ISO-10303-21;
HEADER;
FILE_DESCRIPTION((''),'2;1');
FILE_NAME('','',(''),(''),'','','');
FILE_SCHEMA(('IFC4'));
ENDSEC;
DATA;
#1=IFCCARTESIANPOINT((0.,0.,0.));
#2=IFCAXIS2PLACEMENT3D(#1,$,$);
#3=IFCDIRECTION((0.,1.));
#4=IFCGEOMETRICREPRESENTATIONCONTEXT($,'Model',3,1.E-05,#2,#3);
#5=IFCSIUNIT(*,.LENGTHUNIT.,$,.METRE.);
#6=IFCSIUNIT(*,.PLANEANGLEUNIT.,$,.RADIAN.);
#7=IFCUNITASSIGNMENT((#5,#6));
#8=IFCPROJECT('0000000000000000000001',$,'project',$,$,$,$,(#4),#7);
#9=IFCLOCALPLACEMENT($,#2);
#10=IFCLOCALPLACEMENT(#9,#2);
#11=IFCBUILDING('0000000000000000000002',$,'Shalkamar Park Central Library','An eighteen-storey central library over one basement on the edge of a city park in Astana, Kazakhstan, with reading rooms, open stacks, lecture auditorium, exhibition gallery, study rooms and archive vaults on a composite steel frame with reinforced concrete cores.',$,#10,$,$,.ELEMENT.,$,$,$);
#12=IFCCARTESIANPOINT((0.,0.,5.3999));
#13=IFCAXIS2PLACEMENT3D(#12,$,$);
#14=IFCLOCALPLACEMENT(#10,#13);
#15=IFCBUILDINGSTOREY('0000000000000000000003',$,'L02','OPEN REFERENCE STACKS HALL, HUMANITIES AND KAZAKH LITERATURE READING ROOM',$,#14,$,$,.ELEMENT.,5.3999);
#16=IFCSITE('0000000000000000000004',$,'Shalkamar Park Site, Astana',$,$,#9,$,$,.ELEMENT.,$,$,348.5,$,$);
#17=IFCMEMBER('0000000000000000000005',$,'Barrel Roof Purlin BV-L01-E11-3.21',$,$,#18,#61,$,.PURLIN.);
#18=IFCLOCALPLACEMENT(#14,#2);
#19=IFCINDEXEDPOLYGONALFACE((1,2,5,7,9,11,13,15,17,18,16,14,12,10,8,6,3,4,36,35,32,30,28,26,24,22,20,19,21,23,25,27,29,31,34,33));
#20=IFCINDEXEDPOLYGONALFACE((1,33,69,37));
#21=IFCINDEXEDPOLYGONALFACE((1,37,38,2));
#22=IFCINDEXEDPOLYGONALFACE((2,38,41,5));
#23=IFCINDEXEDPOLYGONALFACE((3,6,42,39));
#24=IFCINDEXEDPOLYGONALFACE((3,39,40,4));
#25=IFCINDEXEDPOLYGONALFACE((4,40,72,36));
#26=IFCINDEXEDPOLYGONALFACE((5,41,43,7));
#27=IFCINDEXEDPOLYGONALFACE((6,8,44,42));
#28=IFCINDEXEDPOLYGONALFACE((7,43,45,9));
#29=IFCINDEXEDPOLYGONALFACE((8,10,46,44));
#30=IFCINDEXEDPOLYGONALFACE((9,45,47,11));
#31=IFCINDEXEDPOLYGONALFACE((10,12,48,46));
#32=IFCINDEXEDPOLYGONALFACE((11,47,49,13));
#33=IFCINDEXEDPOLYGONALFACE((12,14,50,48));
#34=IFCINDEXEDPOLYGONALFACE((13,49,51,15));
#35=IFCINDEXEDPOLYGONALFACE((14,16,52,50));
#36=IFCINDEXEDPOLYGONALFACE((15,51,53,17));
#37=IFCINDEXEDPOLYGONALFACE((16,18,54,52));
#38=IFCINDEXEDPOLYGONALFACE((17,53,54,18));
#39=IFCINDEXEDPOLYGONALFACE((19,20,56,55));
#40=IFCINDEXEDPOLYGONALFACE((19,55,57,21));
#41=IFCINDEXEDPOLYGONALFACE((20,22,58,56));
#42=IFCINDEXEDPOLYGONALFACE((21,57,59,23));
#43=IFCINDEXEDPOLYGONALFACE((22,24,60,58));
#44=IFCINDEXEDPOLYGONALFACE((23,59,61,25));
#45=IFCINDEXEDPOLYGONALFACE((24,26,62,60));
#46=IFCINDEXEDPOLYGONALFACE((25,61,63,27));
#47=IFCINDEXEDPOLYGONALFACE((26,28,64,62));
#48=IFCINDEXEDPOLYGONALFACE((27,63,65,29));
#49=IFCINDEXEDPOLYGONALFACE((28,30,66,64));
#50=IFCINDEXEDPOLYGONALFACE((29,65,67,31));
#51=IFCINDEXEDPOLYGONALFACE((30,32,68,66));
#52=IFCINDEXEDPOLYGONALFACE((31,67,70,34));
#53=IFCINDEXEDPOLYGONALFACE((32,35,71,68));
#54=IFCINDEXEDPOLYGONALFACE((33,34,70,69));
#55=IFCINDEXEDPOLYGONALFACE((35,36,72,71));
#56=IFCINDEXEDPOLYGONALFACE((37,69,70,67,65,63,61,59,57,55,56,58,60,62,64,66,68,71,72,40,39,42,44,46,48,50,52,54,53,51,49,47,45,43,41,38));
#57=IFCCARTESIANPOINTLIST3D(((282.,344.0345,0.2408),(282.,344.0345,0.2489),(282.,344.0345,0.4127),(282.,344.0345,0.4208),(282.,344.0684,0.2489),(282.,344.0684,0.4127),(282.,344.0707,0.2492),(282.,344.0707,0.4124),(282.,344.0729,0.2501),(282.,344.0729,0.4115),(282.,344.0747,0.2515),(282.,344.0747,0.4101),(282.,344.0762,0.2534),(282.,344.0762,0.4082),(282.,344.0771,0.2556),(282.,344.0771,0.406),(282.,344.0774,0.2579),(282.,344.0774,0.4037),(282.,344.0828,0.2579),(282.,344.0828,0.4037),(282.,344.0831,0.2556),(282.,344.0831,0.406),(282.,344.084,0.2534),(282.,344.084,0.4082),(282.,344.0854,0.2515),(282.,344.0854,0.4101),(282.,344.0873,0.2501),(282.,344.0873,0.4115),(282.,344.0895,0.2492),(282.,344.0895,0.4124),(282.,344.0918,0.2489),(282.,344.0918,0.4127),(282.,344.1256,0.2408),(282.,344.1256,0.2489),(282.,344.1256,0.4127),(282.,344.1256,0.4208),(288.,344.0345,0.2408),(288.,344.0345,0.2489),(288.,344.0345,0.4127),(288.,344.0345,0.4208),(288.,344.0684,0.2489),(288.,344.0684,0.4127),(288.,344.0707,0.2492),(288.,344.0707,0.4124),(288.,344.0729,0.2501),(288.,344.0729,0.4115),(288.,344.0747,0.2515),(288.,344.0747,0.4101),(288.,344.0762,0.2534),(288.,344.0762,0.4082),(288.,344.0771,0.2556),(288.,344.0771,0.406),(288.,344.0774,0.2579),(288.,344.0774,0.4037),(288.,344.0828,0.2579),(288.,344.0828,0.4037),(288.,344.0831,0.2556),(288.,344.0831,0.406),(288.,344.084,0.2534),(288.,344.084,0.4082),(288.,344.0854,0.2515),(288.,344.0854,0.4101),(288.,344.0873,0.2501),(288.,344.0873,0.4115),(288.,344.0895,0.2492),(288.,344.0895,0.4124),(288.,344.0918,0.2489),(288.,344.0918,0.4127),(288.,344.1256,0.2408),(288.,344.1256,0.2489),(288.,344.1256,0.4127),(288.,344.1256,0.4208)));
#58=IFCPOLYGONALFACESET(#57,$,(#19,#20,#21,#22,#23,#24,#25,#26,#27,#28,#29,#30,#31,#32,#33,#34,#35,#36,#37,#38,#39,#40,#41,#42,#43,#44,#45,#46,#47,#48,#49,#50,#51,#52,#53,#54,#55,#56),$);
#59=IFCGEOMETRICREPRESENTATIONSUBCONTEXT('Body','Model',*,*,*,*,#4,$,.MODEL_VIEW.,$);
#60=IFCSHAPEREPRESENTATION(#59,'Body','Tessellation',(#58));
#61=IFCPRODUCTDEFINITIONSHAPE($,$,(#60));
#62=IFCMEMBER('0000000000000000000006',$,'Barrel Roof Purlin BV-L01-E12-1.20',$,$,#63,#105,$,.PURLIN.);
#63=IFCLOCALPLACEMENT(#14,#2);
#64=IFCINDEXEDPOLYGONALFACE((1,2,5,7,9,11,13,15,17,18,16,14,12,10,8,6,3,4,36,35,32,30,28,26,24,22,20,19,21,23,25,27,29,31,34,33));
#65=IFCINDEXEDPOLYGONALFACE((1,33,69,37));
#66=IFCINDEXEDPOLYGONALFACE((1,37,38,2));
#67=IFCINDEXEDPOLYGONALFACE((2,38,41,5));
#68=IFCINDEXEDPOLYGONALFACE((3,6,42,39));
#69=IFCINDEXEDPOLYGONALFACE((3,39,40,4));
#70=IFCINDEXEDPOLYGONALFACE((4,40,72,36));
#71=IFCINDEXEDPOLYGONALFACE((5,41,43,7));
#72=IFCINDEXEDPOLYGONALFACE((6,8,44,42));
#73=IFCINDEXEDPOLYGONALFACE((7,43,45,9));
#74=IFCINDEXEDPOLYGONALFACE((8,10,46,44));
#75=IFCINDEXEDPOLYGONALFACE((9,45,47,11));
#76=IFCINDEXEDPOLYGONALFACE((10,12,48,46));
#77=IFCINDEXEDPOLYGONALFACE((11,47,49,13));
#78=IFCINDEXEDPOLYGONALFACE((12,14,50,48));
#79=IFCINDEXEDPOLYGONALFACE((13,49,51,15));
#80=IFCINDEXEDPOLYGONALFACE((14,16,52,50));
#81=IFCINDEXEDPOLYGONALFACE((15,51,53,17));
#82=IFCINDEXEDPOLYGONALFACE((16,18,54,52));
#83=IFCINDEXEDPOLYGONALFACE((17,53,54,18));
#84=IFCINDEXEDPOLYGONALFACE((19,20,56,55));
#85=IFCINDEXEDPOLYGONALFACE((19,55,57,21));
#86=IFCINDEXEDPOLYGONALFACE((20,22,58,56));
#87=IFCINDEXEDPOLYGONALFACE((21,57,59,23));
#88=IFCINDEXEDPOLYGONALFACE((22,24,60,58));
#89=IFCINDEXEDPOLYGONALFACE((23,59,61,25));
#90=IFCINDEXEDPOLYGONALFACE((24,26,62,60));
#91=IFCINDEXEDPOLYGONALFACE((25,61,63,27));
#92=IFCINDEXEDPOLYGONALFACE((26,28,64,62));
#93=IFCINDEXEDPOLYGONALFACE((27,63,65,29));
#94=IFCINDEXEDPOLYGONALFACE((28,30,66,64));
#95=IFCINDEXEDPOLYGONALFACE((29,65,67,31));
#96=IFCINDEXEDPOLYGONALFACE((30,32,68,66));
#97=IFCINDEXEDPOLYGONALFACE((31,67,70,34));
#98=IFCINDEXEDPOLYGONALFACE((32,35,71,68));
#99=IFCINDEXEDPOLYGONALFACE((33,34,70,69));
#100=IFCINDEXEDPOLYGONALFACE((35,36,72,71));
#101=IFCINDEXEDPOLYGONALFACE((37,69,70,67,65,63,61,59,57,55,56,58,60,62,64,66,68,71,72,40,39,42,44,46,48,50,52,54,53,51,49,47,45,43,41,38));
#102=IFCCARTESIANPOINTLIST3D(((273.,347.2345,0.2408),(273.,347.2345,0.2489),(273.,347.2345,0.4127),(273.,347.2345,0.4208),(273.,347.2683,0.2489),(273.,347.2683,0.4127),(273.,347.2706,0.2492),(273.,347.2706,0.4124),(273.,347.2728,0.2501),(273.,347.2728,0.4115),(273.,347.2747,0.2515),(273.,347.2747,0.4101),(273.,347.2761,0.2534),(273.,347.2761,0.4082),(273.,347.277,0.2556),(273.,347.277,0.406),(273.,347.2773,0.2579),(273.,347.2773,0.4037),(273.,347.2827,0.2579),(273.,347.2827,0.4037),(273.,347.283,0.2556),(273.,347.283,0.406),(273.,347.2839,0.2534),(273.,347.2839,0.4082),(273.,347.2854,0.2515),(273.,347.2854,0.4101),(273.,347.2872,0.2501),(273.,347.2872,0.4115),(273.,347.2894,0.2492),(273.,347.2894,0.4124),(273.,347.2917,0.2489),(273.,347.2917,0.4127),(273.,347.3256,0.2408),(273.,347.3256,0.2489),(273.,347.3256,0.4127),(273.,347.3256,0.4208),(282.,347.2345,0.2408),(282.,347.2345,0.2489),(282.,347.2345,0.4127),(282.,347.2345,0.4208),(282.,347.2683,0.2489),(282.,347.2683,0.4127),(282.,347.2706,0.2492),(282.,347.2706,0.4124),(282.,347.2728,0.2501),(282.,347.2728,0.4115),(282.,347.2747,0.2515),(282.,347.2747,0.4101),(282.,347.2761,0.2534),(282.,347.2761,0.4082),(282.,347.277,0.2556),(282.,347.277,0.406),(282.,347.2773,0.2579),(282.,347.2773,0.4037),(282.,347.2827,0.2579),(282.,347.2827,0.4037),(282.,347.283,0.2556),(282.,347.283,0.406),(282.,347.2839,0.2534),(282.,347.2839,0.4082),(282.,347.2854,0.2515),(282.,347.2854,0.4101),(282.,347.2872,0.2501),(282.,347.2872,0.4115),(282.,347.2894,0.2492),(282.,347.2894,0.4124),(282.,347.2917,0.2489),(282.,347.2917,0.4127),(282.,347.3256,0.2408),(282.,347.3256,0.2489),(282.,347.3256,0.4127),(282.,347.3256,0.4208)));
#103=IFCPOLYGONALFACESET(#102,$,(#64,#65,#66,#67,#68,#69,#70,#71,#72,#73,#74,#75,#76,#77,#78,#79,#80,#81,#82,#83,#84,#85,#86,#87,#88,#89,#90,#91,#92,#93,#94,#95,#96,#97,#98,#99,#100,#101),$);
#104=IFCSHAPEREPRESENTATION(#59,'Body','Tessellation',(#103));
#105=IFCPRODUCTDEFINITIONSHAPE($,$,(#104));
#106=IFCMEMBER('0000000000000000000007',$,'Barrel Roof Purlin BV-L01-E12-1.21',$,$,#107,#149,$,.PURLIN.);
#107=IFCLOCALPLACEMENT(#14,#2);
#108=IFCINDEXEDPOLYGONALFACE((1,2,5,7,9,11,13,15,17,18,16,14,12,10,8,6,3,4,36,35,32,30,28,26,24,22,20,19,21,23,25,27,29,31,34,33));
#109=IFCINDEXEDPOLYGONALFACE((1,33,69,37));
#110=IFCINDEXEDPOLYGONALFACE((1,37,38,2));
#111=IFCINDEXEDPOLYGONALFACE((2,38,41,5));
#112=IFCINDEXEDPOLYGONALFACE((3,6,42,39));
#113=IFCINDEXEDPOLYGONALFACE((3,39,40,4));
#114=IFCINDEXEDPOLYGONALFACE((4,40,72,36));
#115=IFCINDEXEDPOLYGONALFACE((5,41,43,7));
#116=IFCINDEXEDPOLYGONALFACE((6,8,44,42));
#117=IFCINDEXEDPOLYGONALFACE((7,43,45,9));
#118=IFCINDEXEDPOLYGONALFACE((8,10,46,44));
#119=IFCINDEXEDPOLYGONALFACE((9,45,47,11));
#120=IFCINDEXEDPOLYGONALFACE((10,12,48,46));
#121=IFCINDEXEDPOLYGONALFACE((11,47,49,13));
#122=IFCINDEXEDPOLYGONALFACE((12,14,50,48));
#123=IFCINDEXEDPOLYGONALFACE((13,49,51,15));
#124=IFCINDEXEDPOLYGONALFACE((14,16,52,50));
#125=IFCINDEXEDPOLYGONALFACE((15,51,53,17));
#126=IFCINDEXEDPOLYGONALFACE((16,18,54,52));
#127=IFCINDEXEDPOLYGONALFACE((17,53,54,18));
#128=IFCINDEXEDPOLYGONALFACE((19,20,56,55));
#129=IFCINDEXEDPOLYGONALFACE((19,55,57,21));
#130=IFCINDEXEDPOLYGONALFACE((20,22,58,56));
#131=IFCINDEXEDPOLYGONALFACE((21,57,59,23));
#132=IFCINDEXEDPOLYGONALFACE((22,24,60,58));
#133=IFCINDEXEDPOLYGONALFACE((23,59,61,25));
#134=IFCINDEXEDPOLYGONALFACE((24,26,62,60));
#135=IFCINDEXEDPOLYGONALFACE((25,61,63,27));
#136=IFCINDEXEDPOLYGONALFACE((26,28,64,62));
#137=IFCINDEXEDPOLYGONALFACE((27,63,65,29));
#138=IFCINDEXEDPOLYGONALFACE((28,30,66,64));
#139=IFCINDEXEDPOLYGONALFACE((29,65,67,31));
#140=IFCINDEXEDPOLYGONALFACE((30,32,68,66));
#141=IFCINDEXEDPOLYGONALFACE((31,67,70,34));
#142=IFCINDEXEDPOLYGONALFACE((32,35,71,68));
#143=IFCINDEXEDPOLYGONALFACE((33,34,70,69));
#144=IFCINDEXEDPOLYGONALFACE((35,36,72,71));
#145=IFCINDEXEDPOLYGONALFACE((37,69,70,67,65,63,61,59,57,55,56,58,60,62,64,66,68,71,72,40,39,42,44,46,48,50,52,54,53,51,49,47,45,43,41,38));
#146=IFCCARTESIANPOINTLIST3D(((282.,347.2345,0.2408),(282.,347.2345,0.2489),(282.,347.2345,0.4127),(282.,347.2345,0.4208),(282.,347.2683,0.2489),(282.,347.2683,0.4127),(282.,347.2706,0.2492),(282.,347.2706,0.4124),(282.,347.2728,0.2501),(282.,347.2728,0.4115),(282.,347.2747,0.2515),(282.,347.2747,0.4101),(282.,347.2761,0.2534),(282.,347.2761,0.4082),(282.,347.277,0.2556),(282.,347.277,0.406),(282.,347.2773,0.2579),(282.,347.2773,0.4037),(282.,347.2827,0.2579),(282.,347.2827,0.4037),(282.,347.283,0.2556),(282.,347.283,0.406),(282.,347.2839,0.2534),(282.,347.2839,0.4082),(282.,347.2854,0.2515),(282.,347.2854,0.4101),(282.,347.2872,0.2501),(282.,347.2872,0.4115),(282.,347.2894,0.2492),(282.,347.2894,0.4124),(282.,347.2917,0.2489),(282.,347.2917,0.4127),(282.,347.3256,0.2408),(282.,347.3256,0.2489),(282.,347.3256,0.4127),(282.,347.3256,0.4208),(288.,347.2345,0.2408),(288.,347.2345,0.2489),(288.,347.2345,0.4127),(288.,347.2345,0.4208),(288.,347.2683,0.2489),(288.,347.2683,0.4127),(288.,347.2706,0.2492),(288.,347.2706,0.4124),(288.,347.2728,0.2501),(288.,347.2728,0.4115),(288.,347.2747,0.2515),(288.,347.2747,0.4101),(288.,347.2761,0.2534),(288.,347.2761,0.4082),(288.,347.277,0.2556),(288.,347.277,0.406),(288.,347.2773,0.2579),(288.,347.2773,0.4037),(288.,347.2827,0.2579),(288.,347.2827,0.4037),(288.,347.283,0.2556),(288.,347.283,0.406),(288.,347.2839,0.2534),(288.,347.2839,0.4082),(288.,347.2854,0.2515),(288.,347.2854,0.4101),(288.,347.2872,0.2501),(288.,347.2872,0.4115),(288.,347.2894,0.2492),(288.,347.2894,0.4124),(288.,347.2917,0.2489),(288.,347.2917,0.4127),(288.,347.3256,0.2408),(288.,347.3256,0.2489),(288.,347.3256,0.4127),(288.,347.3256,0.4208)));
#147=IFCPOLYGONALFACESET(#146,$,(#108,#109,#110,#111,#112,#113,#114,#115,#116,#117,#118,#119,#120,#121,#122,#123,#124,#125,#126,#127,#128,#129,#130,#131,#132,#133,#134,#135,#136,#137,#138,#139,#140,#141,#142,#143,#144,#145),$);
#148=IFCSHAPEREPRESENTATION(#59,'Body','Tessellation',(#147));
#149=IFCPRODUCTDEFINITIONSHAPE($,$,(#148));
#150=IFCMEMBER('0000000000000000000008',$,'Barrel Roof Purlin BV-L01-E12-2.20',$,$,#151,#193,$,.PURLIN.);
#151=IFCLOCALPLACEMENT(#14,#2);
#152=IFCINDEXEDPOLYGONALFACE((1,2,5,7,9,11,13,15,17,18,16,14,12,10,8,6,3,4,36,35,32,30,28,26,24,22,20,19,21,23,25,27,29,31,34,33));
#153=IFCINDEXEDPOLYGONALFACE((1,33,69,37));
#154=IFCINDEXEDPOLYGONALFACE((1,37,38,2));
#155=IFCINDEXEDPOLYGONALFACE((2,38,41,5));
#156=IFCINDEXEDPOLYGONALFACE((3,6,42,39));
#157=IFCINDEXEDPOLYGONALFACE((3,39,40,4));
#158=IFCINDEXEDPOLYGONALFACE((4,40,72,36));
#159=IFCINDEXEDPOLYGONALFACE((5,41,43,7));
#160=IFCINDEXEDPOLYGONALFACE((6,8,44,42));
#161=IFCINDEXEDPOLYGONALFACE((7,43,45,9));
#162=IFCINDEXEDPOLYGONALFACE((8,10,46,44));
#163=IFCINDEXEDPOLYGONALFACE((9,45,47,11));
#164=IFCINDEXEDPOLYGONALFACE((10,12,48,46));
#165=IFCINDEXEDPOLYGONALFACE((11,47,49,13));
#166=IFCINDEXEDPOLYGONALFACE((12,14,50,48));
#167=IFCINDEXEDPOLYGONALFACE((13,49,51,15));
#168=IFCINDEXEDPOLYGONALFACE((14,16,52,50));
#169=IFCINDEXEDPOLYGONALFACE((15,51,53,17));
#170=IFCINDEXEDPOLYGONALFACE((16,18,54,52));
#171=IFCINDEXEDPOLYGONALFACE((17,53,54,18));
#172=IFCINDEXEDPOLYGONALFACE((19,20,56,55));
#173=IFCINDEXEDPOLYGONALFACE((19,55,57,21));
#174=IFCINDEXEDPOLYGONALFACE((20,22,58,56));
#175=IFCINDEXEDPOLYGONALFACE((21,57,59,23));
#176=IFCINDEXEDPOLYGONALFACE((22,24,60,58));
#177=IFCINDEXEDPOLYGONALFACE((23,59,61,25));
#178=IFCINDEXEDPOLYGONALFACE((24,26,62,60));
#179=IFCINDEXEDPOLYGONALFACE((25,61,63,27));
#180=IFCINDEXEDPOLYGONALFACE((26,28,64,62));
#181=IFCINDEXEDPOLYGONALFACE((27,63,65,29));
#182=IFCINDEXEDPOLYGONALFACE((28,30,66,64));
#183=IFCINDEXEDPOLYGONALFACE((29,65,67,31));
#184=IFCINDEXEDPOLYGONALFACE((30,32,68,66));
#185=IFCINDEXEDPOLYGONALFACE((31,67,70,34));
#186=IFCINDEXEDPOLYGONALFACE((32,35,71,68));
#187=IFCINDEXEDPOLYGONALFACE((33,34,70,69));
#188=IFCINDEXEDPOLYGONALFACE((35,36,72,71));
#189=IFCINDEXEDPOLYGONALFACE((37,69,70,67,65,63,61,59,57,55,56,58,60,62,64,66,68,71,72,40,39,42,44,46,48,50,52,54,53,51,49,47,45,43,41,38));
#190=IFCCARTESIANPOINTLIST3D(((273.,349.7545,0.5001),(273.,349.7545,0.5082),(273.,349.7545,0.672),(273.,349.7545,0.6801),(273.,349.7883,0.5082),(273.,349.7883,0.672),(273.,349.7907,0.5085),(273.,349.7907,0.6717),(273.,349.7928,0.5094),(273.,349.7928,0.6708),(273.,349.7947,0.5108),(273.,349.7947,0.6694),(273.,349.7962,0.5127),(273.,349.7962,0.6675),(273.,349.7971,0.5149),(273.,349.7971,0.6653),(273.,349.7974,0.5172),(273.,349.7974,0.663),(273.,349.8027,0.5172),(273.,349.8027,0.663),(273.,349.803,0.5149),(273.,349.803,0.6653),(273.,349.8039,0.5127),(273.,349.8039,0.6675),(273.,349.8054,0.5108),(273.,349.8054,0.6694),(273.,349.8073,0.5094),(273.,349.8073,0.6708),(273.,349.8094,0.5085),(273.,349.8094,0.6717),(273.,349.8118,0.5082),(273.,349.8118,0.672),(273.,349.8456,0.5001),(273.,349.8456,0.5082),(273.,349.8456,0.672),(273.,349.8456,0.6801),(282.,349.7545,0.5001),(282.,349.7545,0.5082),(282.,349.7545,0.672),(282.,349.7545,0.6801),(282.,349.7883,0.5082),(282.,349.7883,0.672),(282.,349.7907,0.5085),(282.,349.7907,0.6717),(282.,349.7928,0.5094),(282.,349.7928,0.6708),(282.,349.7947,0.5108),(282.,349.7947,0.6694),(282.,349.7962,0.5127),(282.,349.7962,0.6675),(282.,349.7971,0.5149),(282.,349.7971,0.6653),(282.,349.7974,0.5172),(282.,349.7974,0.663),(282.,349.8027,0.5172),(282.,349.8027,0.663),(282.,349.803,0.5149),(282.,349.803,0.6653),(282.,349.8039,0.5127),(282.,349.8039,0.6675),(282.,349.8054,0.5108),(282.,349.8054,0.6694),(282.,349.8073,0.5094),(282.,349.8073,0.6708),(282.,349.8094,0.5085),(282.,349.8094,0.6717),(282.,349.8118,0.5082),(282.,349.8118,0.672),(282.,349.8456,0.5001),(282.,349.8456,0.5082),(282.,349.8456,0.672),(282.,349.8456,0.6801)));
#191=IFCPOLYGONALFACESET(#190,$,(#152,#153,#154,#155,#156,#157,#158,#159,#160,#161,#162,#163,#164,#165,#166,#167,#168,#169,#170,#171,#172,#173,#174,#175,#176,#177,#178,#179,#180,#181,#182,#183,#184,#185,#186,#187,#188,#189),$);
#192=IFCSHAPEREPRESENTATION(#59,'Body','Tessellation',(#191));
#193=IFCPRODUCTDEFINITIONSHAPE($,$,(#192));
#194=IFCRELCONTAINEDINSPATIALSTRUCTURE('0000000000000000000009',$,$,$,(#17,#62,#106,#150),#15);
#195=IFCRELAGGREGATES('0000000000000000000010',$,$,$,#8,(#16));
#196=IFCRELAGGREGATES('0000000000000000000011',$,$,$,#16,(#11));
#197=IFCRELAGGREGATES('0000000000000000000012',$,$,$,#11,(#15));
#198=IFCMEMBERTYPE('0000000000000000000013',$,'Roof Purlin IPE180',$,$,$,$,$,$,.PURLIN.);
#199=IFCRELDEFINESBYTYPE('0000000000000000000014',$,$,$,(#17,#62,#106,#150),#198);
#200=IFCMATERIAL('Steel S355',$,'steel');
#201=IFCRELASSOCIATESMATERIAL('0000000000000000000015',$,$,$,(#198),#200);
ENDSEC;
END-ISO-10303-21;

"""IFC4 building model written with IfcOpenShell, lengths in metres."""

from ifc_helpers import new_model, si_unit, direction, frame, origin, origin_2d, place, context, subcontext, project, spatial, i_section, extrude, material, material_profile, profile_set, type_object, element, save


model = new_model("IFC4")

# Units and contexts
model_context = context("Model", 3, precision=1e-05, world=origin(), true_north=direction((0.0, 1.0)))
body_context = subcontext(model_context, "Body", "Model", "MODEL_VIEW")
ifc_project = project(units=[si_unit("LENGTHUNIT", "METRE"), si_unit("PLANEANGLEUNIT", "RADIAN")], contexts=[model_context])

# Site, building, storey
site_placement = place(None, origin())
site = spatial("IfcSite", under=ifc_project, at=site_placement, Name="Shalkamar Park Site, Astana", CompositionType="ELEMENT", RefElevation=348.5)
building_placement = place(site_placement, origin())
building = spatial("IfcBuilding", under=site, at=building_placement, Name="Shalkamar Park Central Library", Description="An eighteen-storey central library over one basement on the edge of a city park in Astana, Kazakhstan, with reading rooms, open stacks, lecture auditorium, exhibition gallery, study rooms and archive vaults on a composite steel frame with reinforced concrete cores.", CompositionType="ELEMENT")
storey_placement = place(building_placement, frame((0.0, 0.0, 5.3999)))
storey = spatial("IfcBuildingStorey", under=building, at=storey_placement, Name="L02", Description="OPEN REFERENCE STACKS HALL, HUMANITIES AND KAZAKH LITERATURE READING ROOM", CompositionType="ELEMENT", Elevation=5.3999)

# Members
ifc_material_1 = material(Name="Steel S355", Category="steel")
ifc_material_profile_1 = material_profile(ifc_material_1, i_section(OverallWidth=0.0911, OverallDepth=0.1799, WebThickness=0.0054, FlangeThickness=0.0081, FilletRadius=0.009, at=origin_2d()), Name="IPE 180")
ifc_profile_set_1 = profile_set([ifc_material_profile_1], Name="Steel S355")
member_type_1 = type_object("IfcMemberType", Name="Roof Purlin IPE180", PredefinedType="PURLIN", material=ifc_profile_set_1)
member_1_placement = place(storey_placement, frame((282.0, 344.0801, 0.3308), z_axis=(1.0, 0.0, 0.0), x_axis=(0.0, 1.0, 0.0)))
element("IfcMember", 1, at=member_1_placement, inside=storey, type_object=member_type_1, Name="Barrel Roof Purlin BV-L01-E11-3.21", PredefinedType="PURLIN", context=body_context, shape_type="SweptSolid", body=[
    extrude(i_section(OverallWidth=0.0911, OverallDepth=0.1799, WebThickness=0.0054, FlangeThickness=0.0081, FilletRadius=0.009, at=origin_2d()), origin(), (0.0, 0.0, 1.0), 6.0),
])
member_2_placement = place(storey_placement, frame((273.0, 347.28, 0.3308), z_axis=(1.0, 0.0, 0.0), x_axis=(0.0, 1.0, 0.0)))
element("IfcMember", 2, at=member_2_placement, inside=storey, type_object=member_type_1, Name="Barrel Roof Purlin BV-L01-E12-1.20", PredefinedType="PURLIN", context=body_context, shape_type="SweptSolid", body=[
    extrude(i_section(OverallWidth=0.0911, OverallDepth=0.1799, WebThickness=0.0054, FlangeThickness=0.0081, FilletRadius=0.009, at=origin_2d()), origin(), (0.0, 0.0, 1.0), 9.0),
])
member_3_placement = place(storey_placement, frame((282.0, 347.28, 0.3308), z_axis=(1.0, 0.0, 0.0), x_axis=(0.0, 1.0, 0.0)))
element("IfcMember", 3, at=member_3_placement, inside=storey, type_object=member_type_1, Name="Barrel Roof Purlin BV-L01-E12-1.21", PredefinedType="PURLIN", context=body_context, shape_type="SweptSolid", body=[
    extrude(i_section(OverallWidth=0.0911, OverallDepth=0.1799, WebThickness=0.0054, FlangeThickness=0.0081, FilletRadius=0.009, at=origin_2d()), origin(), (0.0, 0.0, 1.0), 6.0),
])
member_4_placement = place(storey_placement, frame((273.0, 349.8, 0.5901), z_axis=(1.0, 0.0, 0.0), x_axis=(0.0, 1.0, 0.0)))
element("IfcMember", 4, at=member_4_placement, inside=storey, type_object=member_type_1, Name="Barrel Roof Purlin BV-L01-E12-2.20", PredefinedType="PURLIN", context=body_context, shape_type="SweptSolid", body=[
    extrude(i_section(OverallWidth=0.0911, OverallDepth=0.1799, WebThickness=0.0054, FlangeThickness=0.0081, FilletRadius=0.009, at=origin_2d()), origin(), (0.0, 0.0, 1.0), 9.0),
])

save(model, "model.ifc")
